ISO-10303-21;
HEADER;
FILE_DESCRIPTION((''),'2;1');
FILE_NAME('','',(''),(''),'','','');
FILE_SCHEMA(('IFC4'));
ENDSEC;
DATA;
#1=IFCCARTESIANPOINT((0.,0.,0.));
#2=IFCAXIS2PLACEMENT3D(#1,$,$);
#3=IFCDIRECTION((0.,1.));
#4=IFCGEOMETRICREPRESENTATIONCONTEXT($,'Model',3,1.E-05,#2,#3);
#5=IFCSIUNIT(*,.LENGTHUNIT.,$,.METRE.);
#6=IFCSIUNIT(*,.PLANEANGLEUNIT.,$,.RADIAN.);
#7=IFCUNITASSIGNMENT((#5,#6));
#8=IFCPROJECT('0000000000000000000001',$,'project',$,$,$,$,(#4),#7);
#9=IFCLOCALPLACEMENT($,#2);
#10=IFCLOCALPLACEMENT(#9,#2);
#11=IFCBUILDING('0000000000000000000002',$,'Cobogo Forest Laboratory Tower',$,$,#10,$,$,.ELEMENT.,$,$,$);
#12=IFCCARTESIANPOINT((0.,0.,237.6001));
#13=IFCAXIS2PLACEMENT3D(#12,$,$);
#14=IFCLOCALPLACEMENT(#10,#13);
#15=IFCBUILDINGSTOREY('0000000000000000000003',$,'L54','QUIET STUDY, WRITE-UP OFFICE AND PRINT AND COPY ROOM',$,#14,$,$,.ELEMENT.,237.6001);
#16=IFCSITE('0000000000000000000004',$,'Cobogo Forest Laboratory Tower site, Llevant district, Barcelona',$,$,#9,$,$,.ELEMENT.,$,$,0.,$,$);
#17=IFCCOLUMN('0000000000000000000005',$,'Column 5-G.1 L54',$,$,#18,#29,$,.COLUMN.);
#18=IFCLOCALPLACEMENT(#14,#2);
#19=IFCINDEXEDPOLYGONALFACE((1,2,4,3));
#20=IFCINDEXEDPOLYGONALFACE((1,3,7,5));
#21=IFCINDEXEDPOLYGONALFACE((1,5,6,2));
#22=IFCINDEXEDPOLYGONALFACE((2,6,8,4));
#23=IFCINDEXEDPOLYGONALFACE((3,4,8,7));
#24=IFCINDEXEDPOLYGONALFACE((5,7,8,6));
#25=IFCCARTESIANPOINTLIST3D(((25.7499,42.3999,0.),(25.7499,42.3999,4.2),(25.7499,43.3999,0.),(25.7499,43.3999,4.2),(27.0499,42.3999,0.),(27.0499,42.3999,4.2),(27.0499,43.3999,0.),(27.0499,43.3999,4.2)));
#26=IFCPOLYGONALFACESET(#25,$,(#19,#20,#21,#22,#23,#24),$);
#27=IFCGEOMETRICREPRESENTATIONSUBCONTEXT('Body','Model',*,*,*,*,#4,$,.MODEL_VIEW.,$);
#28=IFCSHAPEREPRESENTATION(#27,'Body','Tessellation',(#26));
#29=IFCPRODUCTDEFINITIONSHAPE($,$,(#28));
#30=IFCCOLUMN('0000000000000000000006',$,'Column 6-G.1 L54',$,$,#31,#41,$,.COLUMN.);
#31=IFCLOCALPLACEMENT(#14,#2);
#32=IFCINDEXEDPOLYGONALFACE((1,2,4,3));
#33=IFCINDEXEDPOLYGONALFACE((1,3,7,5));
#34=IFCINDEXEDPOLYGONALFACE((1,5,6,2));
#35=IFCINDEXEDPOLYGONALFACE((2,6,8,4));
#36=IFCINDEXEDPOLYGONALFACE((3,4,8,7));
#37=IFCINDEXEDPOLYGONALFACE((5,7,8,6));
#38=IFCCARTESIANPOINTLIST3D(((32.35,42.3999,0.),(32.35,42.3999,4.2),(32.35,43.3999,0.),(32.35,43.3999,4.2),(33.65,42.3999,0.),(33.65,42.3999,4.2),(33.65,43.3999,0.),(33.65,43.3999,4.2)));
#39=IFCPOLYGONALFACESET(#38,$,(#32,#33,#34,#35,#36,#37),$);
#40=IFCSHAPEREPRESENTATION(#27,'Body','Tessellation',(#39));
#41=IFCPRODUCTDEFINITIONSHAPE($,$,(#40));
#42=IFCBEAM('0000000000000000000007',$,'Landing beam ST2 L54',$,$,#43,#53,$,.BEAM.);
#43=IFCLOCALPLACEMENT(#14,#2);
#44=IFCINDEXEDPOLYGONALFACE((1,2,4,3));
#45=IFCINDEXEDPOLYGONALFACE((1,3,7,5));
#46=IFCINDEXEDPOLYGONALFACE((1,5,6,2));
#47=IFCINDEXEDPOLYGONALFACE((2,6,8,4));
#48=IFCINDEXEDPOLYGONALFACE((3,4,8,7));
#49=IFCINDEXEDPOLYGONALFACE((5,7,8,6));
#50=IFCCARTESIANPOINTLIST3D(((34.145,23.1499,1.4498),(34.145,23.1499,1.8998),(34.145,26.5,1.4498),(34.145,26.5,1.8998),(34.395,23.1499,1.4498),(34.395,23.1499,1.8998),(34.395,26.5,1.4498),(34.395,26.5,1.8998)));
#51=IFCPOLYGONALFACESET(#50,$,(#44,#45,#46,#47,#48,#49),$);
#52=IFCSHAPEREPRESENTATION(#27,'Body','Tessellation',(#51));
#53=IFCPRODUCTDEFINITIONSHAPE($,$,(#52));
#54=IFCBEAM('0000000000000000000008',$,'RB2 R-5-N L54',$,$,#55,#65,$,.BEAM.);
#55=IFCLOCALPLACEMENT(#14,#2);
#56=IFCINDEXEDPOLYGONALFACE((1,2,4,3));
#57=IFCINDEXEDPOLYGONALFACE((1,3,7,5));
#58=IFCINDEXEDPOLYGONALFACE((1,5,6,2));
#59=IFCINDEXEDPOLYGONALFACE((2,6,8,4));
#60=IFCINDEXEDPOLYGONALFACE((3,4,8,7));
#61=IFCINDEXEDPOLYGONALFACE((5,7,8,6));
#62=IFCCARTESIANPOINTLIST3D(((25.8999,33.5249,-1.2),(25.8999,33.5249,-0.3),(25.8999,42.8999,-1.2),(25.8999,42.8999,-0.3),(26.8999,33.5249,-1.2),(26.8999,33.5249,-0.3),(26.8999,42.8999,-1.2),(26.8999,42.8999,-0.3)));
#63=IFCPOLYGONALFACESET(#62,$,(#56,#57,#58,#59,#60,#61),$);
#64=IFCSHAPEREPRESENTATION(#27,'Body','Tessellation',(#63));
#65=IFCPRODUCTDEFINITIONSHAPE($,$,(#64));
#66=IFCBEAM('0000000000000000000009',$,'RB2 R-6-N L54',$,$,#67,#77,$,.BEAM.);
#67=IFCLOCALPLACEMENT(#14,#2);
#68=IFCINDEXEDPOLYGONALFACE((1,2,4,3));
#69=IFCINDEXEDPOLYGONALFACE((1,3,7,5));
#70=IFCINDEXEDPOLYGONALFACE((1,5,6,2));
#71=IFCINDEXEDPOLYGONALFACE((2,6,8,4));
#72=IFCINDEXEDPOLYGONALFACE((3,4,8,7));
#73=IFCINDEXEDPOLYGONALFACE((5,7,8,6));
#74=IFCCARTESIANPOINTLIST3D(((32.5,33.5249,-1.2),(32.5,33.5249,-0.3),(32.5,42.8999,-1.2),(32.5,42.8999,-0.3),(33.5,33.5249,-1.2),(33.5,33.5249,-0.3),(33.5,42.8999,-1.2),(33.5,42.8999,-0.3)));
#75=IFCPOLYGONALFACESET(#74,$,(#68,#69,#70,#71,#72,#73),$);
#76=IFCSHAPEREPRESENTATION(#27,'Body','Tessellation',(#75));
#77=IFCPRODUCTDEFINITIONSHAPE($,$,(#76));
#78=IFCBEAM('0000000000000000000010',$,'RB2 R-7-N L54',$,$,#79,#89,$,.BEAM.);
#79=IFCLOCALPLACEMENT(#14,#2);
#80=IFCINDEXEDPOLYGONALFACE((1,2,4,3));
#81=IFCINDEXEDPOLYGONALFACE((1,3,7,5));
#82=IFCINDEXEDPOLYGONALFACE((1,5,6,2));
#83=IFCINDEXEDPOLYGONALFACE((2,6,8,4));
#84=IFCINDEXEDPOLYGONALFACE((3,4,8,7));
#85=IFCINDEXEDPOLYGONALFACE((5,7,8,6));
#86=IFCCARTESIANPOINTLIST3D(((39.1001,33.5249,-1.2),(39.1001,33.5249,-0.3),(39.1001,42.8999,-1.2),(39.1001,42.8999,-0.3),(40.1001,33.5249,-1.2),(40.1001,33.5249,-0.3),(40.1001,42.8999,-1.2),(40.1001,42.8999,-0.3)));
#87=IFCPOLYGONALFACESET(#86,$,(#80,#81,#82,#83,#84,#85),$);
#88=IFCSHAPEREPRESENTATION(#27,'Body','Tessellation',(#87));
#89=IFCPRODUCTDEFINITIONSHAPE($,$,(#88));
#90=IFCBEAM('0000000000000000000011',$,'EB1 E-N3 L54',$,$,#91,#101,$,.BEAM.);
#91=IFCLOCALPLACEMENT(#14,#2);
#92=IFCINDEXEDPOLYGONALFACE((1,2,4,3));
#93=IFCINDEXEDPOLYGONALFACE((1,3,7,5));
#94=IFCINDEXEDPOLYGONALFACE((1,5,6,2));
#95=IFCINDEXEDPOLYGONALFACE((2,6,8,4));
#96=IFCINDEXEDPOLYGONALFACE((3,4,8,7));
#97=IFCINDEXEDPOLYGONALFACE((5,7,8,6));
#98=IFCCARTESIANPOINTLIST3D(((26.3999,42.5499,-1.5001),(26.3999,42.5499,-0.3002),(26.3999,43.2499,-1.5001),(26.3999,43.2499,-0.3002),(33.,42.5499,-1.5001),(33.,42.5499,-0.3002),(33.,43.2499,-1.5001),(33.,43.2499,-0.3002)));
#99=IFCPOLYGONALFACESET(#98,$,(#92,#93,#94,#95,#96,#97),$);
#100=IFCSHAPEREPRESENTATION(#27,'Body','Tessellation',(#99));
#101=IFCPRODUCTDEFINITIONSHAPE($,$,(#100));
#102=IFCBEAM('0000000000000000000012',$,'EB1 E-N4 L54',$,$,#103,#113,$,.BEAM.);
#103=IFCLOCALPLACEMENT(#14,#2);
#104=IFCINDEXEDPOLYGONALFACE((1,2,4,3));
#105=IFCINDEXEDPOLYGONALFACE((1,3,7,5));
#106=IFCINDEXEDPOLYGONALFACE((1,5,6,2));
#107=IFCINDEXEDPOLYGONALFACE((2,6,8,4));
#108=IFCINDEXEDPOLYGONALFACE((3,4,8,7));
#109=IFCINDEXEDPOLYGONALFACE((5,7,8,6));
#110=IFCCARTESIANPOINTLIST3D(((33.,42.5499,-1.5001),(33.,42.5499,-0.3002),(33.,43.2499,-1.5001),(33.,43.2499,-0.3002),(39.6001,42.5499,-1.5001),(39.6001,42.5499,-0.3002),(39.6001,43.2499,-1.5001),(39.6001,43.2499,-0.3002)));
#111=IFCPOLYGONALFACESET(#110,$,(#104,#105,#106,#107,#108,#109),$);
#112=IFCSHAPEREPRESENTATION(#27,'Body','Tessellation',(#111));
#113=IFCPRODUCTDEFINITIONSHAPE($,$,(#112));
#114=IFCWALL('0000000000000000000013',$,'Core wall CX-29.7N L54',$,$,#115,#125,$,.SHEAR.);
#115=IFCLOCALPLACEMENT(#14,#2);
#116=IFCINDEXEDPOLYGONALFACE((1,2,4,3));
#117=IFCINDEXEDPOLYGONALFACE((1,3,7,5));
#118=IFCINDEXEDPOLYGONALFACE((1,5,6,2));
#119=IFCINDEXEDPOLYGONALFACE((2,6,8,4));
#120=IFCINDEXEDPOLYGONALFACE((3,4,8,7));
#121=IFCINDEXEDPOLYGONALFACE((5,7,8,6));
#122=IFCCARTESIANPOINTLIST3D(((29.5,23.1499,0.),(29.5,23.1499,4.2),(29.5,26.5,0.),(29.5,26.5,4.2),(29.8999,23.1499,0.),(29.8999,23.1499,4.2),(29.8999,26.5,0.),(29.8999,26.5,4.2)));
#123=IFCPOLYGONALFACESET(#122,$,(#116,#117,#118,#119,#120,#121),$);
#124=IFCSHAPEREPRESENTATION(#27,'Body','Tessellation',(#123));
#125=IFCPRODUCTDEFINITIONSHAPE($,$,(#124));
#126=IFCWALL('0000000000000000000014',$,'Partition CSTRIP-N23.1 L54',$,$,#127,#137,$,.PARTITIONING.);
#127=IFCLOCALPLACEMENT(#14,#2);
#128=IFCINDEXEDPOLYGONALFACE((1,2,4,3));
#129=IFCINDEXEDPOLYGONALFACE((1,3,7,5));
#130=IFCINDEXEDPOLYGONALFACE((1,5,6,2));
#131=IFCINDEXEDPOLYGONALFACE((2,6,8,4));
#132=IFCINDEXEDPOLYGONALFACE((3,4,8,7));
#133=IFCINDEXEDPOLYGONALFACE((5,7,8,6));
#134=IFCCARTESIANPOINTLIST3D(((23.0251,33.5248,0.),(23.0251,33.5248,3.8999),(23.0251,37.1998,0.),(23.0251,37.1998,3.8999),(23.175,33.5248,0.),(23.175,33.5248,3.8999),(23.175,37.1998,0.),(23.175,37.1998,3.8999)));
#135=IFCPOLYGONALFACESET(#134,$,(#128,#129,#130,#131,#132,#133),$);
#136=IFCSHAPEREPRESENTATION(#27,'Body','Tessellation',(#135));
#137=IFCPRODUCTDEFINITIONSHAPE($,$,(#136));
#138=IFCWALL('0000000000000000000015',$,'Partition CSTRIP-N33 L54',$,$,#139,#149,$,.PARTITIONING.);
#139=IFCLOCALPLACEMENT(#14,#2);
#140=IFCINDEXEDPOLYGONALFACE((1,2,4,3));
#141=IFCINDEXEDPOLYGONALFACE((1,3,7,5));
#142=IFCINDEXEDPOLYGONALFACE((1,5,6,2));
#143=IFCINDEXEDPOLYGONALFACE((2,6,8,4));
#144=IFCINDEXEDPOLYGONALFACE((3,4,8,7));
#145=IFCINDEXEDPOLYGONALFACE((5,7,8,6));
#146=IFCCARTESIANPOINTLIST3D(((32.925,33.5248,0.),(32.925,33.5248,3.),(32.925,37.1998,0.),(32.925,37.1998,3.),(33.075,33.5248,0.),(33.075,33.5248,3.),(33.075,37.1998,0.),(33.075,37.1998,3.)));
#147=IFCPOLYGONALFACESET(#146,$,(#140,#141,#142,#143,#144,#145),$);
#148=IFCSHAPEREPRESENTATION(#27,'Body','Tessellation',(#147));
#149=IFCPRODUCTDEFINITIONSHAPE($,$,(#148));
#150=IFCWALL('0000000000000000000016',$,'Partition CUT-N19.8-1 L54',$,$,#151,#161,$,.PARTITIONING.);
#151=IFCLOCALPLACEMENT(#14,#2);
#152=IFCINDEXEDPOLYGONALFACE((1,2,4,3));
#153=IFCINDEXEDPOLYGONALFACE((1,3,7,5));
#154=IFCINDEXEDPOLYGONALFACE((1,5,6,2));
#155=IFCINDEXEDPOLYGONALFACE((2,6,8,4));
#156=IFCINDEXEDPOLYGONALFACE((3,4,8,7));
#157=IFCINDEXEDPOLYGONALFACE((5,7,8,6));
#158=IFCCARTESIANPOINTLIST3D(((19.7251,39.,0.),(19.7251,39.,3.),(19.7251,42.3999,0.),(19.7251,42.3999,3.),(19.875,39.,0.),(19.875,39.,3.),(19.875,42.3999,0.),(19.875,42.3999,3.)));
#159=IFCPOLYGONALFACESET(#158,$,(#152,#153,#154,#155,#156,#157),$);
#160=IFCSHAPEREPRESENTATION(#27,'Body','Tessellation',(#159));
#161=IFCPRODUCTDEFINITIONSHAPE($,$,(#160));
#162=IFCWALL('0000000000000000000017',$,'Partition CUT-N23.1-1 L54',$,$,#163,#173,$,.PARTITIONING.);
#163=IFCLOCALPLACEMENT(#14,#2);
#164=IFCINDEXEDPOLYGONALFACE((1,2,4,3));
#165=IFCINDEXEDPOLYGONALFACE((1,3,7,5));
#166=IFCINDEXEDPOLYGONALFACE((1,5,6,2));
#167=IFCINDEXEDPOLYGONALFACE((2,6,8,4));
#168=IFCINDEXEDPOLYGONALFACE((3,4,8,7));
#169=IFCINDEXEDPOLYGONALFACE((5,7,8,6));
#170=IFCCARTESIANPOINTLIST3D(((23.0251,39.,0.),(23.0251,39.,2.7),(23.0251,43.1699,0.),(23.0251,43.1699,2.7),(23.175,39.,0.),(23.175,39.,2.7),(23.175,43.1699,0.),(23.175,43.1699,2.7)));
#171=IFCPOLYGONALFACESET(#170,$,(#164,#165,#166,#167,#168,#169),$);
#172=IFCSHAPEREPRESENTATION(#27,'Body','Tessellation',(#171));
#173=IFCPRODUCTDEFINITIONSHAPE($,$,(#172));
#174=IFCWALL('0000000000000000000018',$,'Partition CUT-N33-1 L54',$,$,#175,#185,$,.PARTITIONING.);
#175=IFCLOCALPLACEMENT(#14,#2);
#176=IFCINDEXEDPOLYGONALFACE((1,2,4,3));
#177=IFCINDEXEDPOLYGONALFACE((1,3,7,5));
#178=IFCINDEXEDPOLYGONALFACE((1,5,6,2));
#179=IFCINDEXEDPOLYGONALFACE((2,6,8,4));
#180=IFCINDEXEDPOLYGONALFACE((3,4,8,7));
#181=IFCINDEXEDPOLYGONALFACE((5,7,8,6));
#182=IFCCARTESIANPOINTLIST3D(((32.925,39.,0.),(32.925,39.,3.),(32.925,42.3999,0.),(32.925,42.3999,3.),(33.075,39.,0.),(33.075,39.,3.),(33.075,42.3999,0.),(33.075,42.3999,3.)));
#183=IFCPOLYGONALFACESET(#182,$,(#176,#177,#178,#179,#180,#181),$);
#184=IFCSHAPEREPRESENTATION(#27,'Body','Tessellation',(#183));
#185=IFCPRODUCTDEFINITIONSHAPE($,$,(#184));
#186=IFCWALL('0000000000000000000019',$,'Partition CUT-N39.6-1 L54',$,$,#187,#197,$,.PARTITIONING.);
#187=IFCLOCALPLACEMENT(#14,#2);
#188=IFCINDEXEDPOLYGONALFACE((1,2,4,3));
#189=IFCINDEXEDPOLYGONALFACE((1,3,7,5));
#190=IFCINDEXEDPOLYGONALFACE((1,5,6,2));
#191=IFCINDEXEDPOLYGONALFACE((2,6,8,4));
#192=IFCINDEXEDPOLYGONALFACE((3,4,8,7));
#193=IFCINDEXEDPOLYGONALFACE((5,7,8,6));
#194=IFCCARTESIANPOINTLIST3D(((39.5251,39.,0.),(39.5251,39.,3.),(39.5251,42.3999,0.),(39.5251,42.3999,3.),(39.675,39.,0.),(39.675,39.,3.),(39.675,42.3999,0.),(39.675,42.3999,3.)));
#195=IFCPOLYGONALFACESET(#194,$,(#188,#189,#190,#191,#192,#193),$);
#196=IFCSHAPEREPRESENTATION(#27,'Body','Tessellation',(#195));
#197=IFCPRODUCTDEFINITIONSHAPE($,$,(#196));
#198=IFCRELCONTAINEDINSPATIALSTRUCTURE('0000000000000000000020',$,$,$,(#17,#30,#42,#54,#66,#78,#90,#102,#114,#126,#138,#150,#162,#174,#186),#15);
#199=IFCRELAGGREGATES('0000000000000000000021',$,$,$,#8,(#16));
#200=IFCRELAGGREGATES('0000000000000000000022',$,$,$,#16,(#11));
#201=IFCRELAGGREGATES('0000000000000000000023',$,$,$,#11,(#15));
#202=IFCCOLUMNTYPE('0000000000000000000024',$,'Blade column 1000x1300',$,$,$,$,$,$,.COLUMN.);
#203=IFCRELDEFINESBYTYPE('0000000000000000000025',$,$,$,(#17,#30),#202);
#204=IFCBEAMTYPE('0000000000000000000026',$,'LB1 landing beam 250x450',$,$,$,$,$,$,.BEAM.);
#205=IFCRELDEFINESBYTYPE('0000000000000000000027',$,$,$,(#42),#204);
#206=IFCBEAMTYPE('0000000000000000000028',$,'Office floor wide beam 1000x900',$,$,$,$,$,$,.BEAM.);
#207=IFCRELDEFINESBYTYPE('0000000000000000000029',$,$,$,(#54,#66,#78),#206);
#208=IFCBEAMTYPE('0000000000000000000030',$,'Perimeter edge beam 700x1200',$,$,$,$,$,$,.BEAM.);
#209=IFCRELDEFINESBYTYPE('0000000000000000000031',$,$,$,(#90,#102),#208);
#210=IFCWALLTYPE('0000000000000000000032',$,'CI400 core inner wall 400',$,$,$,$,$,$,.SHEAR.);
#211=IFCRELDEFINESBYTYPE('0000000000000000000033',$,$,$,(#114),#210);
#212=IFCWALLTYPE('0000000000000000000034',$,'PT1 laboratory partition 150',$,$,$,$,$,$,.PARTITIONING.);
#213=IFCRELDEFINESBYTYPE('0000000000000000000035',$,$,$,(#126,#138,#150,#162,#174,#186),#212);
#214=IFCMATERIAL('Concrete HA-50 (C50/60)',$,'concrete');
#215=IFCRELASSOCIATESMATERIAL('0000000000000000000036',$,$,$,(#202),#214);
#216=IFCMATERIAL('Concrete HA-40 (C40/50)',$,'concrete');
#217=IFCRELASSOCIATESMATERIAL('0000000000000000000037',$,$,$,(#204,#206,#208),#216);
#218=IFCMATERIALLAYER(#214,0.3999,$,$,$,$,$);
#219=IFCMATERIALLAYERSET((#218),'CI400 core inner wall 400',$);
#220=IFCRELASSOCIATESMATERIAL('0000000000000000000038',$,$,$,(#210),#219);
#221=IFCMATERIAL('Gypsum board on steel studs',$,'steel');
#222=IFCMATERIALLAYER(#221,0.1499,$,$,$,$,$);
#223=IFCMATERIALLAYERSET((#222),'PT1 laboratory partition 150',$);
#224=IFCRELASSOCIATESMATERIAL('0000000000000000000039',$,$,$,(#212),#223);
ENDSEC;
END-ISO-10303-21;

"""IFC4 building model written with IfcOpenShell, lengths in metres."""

from ifc_helpers import new_model, si_unit, direction, frame, frame_2d, origin, origin_2d, place, context, subcontext, project, spatial, rectangle, extrude, material, layer, layer_set, material_profile, profile_set, type_object, element, save


model = new_model("IFC4")

# Units and contexts
model_context = context("Model", 3, precision=1e-05, world=origin(), true_north=direction((0.0, 1.0)))
body_context = subcontext(model_context, "Body", "Model", "MODEL_VIEW")
ifc_project = project(units=[si_unit("LENGTHUNIT", "METRE"), si_unit("PLANEANGLEUNIT", "RADIAN")], contexts=[model_context])

# Site, building, storey
site_placement = place(None, origin())
site = spatial("IfcSite", under=ifc_project, at=site_placement, Name="Cobogo Forest Laboratory Tower site, Llevant district, Barcelona", CompositionType="ELEMENT", RefElevation=0.0)
building_placement = place(site_placement, origin())
building = spatial("IfcBuilding", under=site, at=building_placement, Name="Cobogo Forest Laboratory Tower", CompositionType="ELEMENT")
storey_placement = place(building_placement, frame((0.0, 0.0, 237.6001)))
storey = spatial("IfcBuildingStorey", under=building, at=storey_placement, Name="L54", Description="QUIET STUDY, WRITE-UP OFFICE AND PRINT AND COPY ROOM", CompositionType="ELEMENT", Elevation=237.6001)

# Columns
ifc_material_1 = material(Name="Concrete HA-50 (C50/60)", Category="concrete")
ifc_material_profile_1 = material_profile(ifc_material_1, rectangle(XDim=1.3, YDim=1.0, at=origin_2d()), Name="RC 1000x1300")
ifc_profile_set_1 = profile_set([ifc_material_profile_1], Name="Concrete HA-50 (C50/60)")
column_type = type_object("IfcColumnType", Name="Blade column 1000x1300", PredefinedType="COLUMN", material=ifc_profile_set_1)
for number, where, z_axis, x_axis, name in (
    (1, (26.3999, 42.8999, 0.0), (0.0, 0.0, 1.0), (1.0, 0.0, 0.0), "Column 5-G.1 L54"),
    (2, (33.0, 42.8999, 0.0), (0.0, 0.0, 1.0), (1.0, 0.0, 0.0), "Column 6-G.1 L54"),
):
    element("IfcColumn", number, at=place(storey_placement, frame(where, z_axis=z_axis, x_axis=x_axis)), inside=storey, type_object=column_type, Name=name, PredefinedType="COLUMN", context=body_context, shape_type="SweptSolid", body=[
        extrude(rectangle(XDim=1.3, YDim=1.0, at=origin_2d()), origin(), (0.0, 0.0, 1.0), 4.2),
    ])

# Beams
ifc_material_2 = material(Name="Concrete HA-40 (C40/50)", Category="concrete")
ifc_material_profile_2 = material_profile(ifc_material_2, rectangle(XDim=0.25, YDim=0.45, at=origin_2d()), Name="RC 250x450")
ifc_profile_set_2 = profile_set([ifc_material_profile_2], Name="Concrete HA-40 (C40/50)")
beam_type_1 = type_object("IfcBeamType", Name="LB1 landing beam 250x450", PredefinedType="BEAM", material=ifc_profile_set_2)
beam_placement = place(storey_placement, frame((34.27, 23.1499, 1.6748), z_axis=(0.0, 1.0, 0.0), x_axis=(-1.0, 0.0, 0.0)))
element("IfcBeam", 3, at=beam_placement, inside=storey, type_object=beam_type_1, Name="Landing beam ST2 L54", PredefinedType="BEAM", context=body_context, shape_type="SweptSolid", body=[
    extrude(rectangle(XDim=0.25, YDim=0.45, at=origin_2d()), origin(), (0.0, 0.0, 1.0), 3.3501),
])
ifc_material_profile_3 = material_profile(ifc_material_2, rectangle(XDim=1.0, YDim=0.8999, at=origin_2d()), Name="RC 1000x900")
ifc_profile_set_3 = profile_set([ifc_material_profile_3], Name="Concrete HA-40 (C40/50)")
beam_type_2 = type_object("IfcBeamType", Name="Office floor wide beam 1000x900", PredefinedType="BEAM", material=ifc_profile_set_3)
for number, where, z_axis, x_axis, name in (
    (4, (26.3999, 33.5249, -0.75), (0.0, 1.0, 0.0), (-1.0, 0.0, 0.0), "RB2 R-5-N L54"),
    (5, (33.0, 33.5249, -0.75), (0.0, 1.0, 0.0), (-1.0, 0.0, 0.0), "RB2 R-6-N L54"),
    (6, (39.6001, 33.5249, -0.75), (0.0, 1.0, 0.0), (-1.0, 0.0, 0.0), "RB2 R-7-N L54"),
):
    element("IfcBeam", number, at=place(storey_placement, frame(where, z_axis=z_axis, x_axis=x_axis)), inside=storey, type_object=beam_type_2, Name=name, PredefinedType="BEAM", context=body_context, shape_type="SweptSolid", body=[
        extrude(rectangle(XDim=1.0, YDim=0.8999, at=origin_2d()), origin(), (0.0, 0.0, 1.0), 9.375),
    ])
ifc_material_profile_4 = material_profile(ifc_material_2, rectangle(XDim=0.7, YDim=1.2, at=origin_2d()), Name="RC 700x1200")
ifc_profile_set_4 = profile_set([ifc_material_profile_4], Name="Concrete HA-40 (C40/50)")
beam_type_3 = type_object("IfcBeamType", Name="Perimeter edge beam 700x1200", PredefinedType="BEAM", material=ifc_profile_set_4)
for number, where, z_axis, x_axis, name in (
    (7, (26.3999, 42.8999, -0.9001), (1.0, 0.0, 0.0), (0.0, 1.0, 0.0), "EB1 E-N3 L54"),
    (8, (33.0, 42.8999, -0.9001), (1.0, 0.0, 0.0), (0.0, 1.0, 0.0), "EB1 E-N4 L54"),
):
    element("IfcBeam", number, at=place(storey_placement, frame(where, z_axis=z_axis, x_axis=x_axis)), inside=storey, type_object=beam_type_3, Name=name, PredefinedType="BEAM", context=body_context, shape_type="SweptSolid", body=[
        extrude(rectangle(XDim=0.7, YDim=1.2, at=origin_2d()), origin(), (0.0, 0.0, 1.0), 6.6001),
    ])

# Walls
ifc_layer_1 = layer(ifc_material_1, 0.3999)
ifc_layer_set_1 = layer_set([ifc_layer_1], Name="CI400 core inner wall 400")
wall_type_1 = type_object("IfcWallType", Name="CI400 core inner wall 400", PredefinedType="SHEAR", material=ifc_layer_set_1)
wall_1_placement = place(storey_placement, frame((29.7, 23.1499, 0.0), z_axis=(0.0, 0.0, 1.0), x_axis=(0.0, 1.0, 0.0)))
element("IfcWall", 9, at=wall_1_placement, inside=storey, type_object=wall_type_1, Name="Core wall CX-29.7N L54", PredefinedType="SHEAR", context=body_context, shape_type="SweptSolid", body=[
    extrude(rectangle(XDim=3.3501, YDim=0.3999, at=frame_2d((1.675, 0.0))), origin(), (0.0, 0.0, 1.0), 4.2),
])
ifc_material_3 = material(Name="Gypsum board on steel studs", Category="steel")
ifc_layer_2 = layer(ifc_material_3, 0.1499)
ifc_layer_set_2 = layer_set([ifc_layer_2], Name="PT1 laboratory partition 150")
wall_type_2 = type_object("IfcWallType", Name="PT1 laboratory partition 150", PredefinedType="PARTITIONING", material=ifc_layer_set_2)
wall_2_placement = place(storey_placement, frame((23.1001, 33.5249, 0.0), z_axis=(0.0, 0.0, 1.0), x_axis=(0.0, 1.0, 0.0)))
element("IfcWall", 10, at=wall_2_placement, inside=storey, type_object=wall_type_2, Name="Partition CSTRIP-N23.1 L54", PredefinedType="PARTITIONING", context=body_context, shape_type="SweptSolid", body=[
    extrude(rectangle(XDim=3.675, YDim=0.1499, at=frame_2d((1.8374, 0.0))), origin(), (0.0, 0.0, 1.0), 3.8999),
])
wall_3_placement = place(storey_placement, frame((33.0, 33.5249, 0.0), z_axis=(0.0, 0.0, 1.0), x_axis=(0.0, 1.0, 0.0)))
element("IfcWall", 11, at=wall_3_placement, inside=storey, type_object=wall_type_2, Name="Partition CSTRIP-N33 L54", PredefinedType="PARTITIONING", context=body_context, shape_type="SweptSolid", body=[
    extrude(rectangle(XDim=3.675, YDim=0.1499, at=frame_2d((1.8374, 0.0))), origin(), (0.0, 0.0, 1.0), 3.0),
])
wall_4_placement = place(storey_placement, frame((19.8, 42.3999, 0.0), z_axis=(0.0, 0.0, 1.0), x_axis=(0.0, -1.0, 0.0)))
element("IfcWall", 12, at=wall_4_placement, inside=storey, type_object=wall_type_2, Name="Partition CUT-N19.8-1 L54", PredefinedType="PARTITIONING", context=body_context, shape_type="SweptSolid", body=[
    extrude(rectangle(XDim=3.3999, YDim=0.1499, at=frame_2d((1.7, 0.0))), origin(), (0.0, 0.0, 1.0), 3.0),
])
wall_5_placement = place(storey_placement, frame((23.1001, 43.1699, 0.0), z_axis=(0.0, 0.0, 1.0), x_axis=(0.0, -1.0, 0.0)))
element("IfcWall", 13, at=wall_5_placement, inside=storey, type_object=wall_type_2, Name="Partition CUT-N23.1-1 L54", PredefinedType="PARTITIONING", context=body_context, shape_type="SweptSolid", body=[
    extrude(rectangle(XDim=4.1699, YDim=0.1499, at=frame_2d((2.085, 0.0))), origin(), (0.0, 0.0, 1.0), 2.7),
])
for number, where, z_axis, x_axis, name in (
    (14, (33.0, 42.3999, 0.0), (0.0, 0.0, 1.0), (0.0, -1.0, 0.0), "Partition CUT-N33-1 L54"),
    (15, (39.6001, 42.3999, 0.0), (0.0, 0.0, 1.0), (0.0, -1.0, 0.0), "Partition CUT-N39.6-1 L54"),
):
    element("IfcWall", number, at=place(storey_placement, frame(where, z_axis=z_axis, x_axis=x_axis)), inside=storey, type_object=wall_type_2, Name=name, PredefinedType="PARTITIONING", context=body_context, shape_type="SweptSolid", body=[
        extrude(rectangle(XDim=3.3999, YDim=0.1499, at=frame_2d((1.7, 0.0))), origin(), (0.0, 0.0, 1.0), 3.0),
    ])

save(model, "model.ifc")
